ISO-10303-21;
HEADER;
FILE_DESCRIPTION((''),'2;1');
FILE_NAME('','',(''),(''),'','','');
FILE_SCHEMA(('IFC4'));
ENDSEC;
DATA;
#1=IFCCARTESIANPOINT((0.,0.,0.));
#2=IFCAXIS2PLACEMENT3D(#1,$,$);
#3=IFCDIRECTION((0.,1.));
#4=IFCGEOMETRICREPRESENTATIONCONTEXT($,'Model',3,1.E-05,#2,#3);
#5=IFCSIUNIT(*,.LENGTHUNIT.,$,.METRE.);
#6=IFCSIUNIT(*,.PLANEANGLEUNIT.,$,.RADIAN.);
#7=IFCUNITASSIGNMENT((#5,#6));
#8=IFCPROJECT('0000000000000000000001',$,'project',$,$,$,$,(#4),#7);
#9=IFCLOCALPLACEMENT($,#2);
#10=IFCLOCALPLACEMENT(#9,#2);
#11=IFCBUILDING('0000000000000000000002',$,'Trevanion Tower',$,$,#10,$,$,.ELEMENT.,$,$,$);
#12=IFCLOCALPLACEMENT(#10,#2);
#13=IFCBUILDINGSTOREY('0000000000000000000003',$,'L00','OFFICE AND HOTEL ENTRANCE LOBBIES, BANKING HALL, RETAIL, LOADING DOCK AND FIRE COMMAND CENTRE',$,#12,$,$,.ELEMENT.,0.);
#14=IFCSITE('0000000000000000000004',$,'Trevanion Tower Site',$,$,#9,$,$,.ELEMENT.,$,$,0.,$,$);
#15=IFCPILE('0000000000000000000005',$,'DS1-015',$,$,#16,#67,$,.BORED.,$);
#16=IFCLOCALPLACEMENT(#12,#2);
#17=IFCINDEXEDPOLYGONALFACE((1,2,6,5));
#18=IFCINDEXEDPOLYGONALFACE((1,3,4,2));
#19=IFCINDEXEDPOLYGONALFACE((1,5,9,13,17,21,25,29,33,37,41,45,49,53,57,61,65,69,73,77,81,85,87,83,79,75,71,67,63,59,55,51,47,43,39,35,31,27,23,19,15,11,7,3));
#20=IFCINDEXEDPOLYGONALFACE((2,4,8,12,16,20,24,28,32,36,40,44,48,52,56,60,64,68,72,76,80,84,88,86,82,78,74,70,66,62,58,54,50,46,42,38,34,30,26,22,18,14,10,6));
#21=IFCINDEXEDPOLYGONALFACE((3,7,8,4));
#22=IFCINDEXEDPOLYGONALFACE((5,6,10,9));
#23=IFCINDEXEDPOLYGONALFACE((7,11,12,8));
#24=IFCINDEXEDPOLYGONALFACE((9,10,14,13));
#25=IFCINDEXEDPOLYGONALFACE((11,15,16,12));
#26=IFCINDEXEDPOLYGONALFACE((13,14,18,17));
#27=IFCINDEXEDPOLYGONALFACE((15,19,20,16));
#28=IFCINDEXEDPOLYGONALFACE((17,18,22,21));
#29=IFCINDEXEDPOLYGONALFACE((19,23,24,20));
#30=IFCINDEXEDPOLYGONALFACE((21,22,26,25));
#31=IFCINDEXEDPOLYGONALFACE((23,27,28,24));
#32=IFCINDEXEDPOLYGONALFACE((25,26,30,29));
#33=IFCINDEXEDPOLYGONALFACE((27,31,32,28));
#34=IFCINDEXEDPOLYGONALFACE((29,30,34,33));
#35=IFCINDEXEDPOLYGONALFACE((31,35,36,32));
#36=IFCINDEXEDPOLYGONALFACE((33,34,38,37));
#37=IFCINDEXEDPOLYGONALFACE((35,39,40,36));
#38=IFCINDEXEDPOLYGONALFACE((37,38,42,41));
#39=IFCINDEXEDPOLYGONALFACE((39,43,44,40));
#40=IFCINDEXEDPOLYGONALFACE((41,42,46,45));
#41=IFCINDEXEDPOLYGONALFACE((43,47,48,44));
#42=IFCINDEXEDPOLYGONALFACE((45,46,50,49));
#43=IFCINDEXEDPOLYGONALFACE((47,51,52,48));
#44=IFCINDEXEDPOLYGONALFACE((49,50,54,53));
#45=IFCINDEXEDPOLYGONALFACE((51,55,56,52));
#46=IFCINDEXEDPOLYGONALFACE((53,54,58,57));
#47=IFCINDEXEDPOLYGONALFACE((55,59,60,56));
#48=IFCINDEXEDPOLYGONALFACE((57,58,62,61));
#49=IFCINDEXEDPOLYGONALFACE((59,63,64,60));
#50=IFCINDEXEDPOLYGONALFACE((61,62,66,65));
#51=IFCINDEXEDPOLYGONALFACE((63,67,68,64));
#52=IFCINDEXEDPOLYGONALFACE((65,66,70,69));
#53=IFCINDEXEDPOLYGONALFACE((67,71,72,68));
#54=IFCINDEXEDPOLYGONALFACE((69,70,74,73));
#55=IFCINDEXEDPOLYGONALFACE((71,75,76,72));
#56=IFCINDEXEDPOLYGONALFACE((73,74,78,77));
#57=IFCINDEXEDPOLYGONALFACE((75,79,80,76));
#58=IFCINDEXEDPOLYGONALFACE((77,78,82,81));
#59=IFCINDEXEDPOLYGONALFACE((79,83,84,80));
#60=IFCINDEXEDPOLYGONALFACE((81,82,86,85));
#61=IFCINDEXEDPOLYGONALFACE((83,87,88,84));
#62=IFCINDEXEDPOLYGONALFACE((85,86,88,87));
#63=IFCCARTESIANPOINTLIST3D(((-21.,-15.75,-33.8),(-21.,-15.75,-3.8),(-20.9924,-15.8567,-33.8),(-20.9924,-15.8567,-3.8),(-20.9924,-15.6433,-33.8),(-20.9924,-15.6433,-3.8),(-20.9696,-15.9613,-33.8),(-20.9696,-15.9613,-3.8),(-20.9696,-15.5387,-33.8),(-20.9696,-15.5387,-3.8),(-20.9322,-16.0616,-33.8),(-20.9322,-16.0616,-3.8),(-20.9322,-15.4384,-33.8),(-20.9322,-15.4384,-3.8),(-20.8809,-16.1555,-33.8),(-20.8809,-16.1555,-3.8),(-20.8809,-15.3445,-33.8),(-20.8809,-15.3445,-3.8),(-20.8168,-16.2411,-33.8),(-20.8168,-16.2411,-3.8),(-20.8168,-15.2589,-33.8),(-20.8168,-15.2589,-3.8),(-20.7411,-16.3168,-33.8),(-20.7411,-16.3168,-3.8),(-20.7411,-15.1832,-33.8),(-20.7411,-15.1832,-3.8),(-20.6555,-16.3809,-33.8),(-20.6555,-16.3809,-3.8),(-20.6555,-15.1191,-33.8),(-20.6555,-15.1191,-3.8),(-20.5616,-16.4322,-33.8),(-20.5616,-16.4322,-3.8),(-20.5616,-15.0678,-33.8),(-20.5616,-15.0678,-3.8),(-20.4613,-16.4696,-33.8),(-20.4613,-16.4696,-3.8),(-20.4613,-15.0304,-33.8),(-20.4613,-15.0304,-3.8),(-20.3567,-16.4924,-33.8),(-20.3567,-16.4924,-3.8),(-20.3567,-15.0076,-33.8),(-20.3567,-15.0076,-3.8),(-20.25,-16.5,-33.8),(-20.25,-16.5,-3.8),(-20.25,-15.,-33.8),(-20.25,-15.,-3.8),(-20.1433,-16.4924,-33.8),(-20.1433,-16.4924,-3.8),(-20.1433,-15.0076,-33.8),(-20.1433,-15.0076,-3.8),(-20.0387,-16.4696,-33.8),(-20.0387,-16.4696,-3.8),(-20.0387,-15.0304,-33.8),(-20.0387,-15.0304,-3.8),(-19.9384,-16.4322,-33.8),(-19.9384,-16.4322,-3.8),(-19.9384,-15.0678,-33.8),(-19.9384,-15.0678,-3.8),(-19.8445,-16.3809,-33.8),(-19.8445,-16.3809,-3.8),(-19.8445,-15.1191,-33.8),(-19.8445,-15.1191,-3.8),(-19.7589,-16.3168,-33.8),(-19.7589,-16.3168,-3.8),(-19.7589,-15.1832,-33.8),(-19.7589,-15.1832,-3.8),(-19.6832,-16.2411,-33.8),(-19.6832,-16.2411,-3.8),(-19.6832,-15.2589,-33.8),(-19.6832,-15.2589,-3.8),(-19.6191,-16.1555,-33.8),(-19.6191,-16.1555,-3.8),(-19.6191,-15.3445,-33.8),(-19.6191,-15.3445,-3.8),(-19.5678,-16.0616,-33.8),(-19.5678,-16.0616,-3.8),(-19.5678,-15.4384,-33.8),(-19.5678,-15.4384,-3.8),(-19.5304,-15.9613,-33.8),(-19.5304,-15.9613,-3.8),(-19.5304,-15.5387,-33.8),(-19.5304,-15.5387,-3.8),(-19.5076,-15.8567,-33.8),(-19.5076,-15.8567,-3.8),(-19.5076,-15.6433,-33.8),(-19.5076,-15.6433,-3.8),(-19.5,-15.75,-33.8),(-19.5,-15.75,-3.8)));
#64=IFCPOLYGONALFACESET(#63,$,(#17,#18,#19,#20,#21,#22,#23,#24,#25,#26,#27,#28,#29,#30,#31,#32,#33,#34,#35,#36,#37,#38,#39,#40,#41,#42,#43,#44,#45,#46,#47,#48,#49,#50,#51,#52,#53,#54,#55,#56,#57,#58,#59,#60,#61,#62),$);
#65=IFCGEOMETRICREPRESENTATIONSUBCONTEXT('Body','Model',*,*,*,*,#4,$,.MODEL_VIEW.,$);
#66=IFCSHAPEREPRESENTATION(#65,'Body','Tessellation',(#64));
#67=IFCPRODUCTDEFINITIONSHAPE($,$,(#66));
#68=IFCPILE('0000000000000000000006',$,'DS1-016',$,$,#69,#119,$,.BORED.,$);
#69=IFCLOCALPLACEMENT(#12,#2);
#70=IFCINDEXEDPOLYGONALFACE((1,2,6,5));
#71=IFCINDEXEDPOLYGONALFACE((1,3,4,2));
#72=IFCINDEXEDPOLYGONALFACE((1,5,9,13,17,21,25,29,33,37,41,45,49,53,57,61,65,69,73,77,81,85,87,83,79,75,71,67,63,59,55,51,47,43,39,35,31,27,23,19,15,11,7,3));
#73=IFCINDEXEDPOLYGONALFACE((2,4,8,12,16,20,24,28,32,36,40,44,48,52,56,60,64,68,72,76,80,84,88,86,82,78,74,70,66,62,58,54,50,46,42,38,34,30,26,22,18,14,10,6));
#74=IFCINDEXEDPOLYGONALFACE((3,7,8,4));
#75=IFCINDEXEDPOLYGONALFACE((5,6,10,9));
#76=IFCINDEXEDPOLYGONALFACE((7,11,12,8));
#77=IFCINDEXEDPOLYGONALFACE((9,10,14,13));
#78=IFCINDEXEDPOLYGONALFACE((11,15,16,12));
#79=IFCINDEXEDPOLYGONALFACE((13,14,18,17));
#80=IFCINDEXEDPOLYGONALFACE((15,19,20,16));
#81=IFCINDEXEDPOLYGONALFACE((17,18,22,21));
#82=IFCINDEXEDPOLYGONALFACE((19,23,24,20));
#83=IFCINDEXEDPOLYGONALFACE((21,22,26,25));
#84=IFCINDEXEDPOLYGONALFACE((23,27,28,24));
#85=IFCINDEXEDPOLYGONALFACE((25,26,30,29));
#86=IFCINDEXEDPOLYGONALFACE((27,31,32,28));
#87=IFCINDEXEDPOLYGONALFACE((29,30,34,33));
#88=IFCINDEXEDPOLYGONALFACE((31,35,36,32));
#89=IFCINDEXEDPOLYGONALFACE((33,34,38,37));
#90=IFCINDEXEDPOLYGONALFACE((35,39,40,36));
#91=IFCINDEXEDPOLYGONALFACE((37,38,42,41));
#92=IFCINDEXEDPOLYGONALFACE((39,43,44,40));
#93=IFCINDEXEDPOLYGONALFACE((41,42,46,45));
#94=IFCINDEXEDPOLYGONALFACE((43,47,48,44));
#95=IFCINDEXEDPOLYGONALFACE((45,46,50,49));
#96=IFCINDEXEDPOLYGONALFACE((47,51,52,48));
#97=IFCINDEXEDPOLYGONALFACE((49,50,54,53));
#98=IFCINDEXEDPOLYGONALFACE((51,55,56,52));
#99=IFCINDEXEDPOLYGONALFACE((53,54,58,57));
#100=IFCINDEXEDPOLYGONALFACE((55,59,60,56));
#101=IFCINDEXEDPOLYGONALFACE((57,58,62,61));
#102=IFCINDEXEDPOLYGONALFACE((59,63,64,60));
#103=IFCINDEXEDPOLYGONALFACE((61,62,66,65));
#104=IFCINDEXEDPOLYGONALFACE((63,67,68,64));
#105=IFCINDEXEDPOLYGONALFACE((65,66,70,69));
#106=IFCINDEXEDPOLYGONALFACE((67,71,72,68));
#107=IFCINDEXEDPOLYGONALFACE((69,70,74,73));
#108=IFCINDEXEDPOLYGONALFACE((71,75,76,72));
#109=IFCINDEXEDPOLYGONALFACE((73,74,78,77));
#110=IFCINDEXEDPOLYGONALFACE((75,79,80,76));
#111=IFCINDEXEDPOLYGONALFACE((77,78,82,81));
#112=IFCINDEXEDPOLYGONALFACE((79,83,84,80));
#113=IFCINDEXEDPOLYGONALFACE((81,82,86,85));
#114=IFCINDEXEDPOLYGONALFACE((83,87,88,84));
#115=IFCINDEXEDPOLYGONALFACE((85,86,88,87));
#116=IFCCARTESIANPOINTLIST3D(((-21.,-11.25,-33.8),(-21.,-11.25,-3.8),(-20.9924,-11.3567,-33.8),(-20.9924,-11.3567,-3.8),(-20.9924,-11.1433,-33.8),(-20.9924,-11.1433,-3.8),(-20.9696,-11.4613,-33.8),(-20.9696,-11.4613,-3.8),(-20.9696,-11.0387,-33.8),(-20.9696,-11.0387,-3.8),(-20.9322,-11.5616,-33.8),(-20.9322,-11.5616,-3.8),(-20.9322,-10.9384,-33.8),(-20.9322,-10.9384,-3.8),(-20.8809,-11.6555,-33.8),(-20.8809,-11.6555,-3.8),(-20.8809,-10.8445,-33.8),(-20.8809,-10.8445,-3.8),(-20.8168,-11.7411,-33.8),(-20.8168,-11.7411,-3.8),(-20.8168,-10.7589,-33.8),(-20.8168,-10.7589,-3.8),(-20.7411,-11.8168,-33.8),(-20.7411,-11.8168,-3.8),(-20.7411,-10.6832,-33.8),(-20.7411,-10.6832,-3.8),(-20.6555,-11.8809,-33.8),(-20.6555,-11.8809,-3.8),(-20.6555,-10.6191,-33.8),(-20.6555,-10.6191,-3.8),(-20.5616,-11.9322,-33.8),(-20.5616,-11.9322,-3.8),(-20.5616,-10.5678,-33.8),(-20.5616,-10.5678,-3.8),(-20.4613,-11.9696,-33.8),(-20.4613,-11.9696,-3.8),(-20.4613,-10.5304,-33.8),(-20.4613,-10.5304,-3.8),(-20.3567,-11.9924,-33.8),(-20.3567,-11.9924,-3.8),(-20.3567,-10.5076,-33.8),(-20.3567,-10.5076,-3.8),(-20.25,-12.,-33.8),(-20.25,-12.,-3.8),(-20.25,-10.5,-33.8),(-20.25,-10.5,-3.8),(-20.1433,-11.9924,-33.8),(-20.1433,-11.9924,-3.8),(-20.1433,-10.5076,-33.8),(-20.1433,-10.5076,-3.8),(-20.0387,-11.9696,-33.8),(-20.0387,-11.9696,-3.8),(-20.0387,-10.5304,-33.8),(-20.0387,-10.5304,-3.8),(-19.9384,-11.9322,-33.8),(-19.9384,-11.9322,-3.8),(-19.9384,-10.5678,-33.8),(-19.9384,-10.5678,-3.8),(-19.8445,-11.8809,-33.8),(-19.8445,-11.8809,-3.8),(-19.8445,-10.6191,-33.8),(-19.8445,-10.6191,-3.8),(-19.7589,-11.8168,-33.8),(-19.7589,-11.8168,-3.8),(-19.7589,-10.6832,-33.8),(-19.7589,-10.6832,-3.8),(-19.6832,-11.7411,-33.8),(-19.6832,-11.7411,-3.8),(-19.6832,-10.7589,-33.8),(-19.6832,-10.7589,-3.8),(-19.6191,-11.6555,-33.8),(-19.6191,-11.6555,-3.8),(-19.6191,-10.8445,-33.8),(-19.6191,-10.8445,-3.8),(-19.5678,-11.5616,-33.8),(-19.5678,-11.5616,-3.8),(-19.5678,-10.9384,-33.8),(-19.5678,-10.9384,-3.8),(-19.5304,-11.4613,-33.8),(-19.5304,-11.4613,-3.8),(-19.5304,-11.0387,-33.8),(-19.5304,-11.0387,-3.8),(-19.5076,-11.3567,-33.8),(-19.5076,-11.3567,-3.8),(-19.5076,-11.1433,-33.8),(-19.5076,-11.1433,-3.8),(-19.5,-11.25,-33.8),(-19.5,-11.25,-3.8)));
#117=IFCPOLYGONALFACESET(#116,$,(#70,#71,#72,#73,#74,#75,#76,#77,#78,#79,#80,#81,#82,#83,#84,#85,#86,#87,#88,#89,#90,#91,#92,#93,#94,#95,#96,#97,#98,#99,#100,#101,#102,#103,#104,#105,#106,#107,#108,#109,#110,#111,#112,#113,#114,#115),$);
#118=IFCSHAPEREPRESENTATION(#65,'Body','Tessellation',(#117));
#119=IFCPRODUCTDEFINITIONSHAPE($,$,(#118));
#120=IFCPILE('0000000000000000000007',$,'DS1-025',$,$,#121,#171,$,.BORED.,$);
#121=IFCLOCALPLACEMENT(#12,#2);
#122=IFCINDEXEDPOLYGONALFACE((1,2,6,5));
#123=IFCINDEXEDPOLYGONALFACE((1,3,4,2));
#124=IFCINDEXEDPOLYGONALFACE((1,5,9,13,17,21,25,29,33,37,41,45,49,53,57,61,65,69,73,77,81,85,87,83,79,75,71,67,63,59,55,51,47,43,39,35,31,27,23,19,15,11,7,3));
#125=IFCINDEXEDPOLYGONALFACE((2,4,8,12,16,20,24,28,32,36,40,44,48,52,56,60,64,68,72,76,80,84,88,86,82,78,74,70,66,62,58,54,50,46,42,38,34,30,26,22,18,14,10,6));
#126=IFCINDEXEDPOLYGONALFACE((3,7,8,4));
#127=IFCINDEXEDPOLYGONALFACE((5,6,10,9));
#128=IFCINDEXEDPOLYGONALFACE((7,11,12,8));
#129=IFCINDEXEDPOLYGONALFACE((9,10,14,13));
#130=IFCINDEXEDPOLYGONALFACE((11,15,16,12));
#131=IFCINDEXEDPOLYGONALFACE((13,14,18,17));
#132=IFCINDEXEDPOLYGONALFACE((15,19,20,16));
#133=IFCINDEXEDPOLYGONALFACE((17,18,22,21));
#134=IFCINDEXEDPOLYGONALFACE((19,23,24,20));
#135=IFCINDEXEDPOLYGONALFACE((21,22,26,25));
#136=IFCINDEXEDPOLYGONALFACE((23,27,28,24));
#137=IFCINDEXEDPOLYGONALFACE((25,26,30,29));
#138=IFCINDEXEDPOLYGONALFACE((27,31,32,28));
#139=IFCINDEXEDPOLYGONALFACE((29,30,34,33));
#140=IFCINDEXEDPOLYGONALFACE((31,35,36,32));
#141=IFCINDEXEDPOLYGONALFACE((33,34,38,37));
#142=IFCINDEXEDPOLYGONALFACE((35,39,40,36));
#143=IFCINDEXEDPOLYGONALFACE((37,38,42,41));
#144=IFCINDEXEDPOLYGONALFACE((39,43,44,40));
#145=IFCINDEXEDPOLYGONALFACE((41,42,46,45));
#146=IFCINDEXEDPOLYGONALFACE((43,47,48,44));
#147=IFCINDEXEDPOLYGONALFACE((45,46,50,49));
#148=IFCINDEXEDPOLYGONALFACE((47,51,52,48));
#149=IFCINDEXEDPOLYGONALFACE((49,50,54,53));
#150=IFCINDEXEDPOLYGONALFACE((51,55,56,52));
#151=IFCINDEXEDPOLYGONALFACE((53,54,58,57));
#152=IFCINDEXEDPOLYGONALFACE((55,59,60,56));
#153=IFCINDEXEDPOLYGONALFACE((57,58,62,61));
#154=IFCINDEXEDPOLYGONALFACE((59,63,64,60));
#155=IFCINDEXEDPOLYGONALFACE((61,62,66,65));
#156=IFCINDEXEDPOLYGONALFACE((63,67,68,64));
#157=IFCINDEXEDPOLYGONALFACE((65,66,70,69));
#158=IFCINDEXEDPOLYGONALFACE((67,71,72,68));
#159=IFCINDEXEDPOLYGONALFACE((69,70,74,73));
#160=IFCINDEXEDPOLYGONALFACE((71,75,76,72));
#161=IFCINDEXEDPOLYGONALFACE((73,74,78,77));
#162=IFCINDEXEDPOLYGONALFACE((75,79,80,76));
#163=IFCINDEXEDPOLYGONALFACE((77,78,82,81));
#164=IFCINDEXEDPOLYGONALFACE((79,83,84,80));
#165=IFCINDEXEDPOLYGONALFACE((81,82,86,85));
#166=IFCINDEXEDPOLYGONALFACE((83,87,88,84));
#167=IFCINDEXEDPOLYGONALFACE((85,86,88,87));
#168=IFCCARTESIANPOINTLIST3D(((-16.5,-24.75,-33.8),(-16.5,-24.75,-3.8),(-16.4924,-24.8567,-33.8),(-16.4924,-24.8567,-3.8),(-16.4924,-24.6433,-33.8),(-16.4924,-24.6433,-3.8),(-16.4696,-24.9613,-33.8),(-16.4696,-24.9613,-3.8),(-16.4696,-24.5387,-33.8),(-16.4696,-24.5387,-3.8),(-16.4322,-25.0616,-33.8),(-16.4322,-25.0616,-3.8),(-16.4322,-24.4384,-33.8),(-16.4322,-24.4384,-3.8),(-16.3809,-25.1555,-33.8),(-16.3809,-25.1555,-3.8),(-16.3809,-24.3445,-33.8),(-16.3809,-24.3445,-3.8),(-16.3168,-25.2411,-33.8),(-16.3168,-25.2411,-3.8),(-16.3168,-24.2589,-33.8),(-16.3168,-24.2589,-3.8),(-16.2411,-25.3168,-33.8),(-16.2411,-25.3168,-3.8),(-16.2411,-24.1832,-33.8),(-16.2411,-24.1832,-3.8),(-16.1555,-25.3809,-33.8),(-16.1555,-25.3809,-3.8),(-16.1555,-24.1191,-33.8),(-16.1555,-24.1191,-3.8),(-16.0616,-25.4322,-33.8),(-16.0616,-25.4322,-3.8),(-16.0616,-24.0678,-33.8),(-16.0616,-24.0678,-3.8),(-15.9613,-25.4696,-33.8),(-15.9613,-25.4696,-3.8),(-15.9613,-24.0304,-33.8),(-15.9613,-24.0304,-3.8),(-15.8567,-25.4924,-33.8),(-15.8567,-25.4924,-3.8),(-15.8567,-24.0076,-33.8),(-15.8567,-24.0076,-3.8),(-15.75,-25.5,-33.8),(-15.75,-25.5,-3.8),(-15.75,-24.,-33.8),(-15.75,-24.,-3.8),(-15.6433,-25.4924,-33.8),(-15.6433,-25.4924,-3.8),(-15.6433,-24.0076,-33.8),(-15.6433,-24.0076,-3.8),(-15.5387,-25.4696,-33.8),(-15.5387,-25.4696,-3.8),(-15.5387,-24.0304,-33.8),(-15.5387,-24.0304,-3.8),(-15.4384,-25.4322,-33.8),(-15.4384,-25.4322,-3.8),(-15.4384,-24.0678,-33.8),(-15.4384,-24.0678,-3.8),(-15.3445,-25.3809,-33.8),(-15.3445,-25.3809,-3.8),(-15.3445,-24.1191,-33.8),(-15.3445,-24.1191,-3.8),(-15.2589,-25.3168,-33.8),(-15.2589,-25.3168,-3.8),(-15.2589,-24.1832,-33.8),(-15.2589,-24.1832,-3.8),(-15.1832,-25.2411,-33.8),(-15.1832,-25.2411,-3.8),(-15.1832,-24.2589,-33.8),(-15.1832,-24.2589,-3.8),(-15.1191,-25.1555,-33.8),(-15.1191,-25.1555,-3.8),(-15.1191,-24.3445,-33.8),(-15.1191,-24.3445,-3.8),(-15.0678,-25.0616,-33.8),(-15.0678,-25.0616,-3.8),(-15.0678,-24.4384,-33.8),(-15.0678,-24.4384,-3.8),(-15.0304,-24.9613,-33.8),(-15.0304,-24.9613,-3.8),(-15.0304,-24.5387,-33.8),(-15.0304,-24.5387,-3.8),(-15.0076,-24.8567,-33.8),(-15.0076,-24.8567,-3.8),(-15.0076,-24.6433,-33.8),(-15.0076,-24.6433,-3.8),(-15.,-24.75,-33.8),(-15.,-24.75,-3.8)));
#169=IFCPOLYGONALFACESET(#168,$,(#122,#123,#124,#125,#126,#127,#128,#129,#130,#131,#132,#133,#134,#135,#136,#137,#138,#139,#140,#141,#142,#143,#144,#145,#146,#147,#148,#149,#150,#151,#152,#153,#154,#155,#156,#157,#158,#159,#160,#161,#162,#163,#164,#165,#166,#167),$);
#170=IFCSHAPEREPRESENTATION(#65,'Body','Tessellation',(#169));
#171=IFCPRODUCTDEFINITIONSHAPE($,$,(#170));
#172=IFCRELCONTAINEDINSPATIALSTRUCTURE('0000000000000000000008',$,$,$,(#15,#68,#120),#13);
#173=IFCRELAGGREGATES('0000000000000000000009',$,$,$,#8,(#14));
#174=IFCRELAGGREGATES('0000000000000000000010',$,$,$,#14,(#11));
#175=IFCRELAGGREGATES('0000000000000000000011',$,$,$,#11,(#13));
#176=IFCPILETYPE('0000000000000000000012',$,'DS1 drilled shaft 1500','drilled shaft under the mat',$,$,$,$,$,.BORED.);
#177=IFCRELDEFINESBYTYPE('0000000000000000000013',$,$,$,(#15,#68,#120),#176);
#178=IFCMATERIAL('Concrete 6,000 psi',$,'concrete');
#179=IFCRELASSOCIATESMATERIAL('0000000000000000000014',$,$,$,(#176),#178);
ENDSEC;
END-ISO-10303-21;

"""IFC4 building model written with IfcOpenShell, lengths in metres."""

from ifc_helpers import new_model, si_unit, direction, frame, origin, origin_2d, place, context, subcontext, project, spatial, circle, extrude, material, material_profile, profile_set, type_object, element, save


model = new_model("IFC4")

# Units and contexts
model_context = context("Model", 3, precision=1e-05, world=origin(), true_north=direction((0.0, 1.0)))
body_context = subcontext(model_context, "Body", "Model", "MODEL_VIEW")
ifc_project = project(units=[si_unit("LENGTHUNIT", "METRE"), si_unit("PLANEANGLEUNIT", "RADIAN")], contexts=[model_context])

# Site, building, storey
site_placement = place(None, origin())
site = spatial("IfcSite", under=ifc_project, at=site_placement, Name="Trevanion Tower Site", CompositionType="ELEMENT", RefElevation=0.0)
building_placement = place(site_placement, origin())
building = spatial("IfcBuilding", under=site, at=building_placement, Name="Trevanion Tower", CompositionType="ELEMENT")
storey_placement = place(building_placement, origin())
storey = spatial("IfcBuildingStorey", under=building, at=storey_placement, Name="L00", Description="OFFICE AND HOTEL ENTRANCE LOBBIES, BANKING HALL, RETAIL, LOADING DOCK AND FIRE COMMAND CENTRE", CompositionType="ELEMENT", Elevation=0.0)

# Piles
ifc_material_1 = material(Name="Concrete 6,000 psi", Category="concrete")
ifc_material_profile_1 = material_profile(ifc_material_1, circle(Radius=0.75, at=origin_2d()), Name="DS1 drilled shaft 1500")
ifc_profile_set_1 = profile_set([ifc_material_profile_1], Name="Concrete 6,000 psi")
pile_type = type_object("IfcPileType", Name="DS1 drilled shaft 1500", Description="drilled shaft under the mat", PredefinedType="BORED", material=ifc_profile_set_1)
for number, where, z_axis, x_axis, name in (
    (1, (-20.25, -15.75, -3.8), (0.0, 0.0, -1.0), (1.0, 0.0, 0.0), "DS1-015"),
    (2, (-20.25, -11.25, -3.8), (0.0, 0.0, -1.0), (1.0, 0.0, 0.0), "DS1-016"),
    (3, (-15.75, -24.75, -3.8), (0.0, 0.0, -1.0), (1.0, 0.0, 0.0), "DS1-025"),
):
    element("IfcPile", number, at=place(storey_placement, frame(where, z_axis=z_axis, x_axis=x_axis)), inside=storey, type_object=pile_type, Name=name, PredefinedType="BORED", context=body_context, shape_type="SweptSolid", body=[
        extrude(circle(Radius=0.75, at=origin_2d()), origin(), (0.0, 0.0, 1.0), 30.0),
    ])

save(model, "model.ifc")
